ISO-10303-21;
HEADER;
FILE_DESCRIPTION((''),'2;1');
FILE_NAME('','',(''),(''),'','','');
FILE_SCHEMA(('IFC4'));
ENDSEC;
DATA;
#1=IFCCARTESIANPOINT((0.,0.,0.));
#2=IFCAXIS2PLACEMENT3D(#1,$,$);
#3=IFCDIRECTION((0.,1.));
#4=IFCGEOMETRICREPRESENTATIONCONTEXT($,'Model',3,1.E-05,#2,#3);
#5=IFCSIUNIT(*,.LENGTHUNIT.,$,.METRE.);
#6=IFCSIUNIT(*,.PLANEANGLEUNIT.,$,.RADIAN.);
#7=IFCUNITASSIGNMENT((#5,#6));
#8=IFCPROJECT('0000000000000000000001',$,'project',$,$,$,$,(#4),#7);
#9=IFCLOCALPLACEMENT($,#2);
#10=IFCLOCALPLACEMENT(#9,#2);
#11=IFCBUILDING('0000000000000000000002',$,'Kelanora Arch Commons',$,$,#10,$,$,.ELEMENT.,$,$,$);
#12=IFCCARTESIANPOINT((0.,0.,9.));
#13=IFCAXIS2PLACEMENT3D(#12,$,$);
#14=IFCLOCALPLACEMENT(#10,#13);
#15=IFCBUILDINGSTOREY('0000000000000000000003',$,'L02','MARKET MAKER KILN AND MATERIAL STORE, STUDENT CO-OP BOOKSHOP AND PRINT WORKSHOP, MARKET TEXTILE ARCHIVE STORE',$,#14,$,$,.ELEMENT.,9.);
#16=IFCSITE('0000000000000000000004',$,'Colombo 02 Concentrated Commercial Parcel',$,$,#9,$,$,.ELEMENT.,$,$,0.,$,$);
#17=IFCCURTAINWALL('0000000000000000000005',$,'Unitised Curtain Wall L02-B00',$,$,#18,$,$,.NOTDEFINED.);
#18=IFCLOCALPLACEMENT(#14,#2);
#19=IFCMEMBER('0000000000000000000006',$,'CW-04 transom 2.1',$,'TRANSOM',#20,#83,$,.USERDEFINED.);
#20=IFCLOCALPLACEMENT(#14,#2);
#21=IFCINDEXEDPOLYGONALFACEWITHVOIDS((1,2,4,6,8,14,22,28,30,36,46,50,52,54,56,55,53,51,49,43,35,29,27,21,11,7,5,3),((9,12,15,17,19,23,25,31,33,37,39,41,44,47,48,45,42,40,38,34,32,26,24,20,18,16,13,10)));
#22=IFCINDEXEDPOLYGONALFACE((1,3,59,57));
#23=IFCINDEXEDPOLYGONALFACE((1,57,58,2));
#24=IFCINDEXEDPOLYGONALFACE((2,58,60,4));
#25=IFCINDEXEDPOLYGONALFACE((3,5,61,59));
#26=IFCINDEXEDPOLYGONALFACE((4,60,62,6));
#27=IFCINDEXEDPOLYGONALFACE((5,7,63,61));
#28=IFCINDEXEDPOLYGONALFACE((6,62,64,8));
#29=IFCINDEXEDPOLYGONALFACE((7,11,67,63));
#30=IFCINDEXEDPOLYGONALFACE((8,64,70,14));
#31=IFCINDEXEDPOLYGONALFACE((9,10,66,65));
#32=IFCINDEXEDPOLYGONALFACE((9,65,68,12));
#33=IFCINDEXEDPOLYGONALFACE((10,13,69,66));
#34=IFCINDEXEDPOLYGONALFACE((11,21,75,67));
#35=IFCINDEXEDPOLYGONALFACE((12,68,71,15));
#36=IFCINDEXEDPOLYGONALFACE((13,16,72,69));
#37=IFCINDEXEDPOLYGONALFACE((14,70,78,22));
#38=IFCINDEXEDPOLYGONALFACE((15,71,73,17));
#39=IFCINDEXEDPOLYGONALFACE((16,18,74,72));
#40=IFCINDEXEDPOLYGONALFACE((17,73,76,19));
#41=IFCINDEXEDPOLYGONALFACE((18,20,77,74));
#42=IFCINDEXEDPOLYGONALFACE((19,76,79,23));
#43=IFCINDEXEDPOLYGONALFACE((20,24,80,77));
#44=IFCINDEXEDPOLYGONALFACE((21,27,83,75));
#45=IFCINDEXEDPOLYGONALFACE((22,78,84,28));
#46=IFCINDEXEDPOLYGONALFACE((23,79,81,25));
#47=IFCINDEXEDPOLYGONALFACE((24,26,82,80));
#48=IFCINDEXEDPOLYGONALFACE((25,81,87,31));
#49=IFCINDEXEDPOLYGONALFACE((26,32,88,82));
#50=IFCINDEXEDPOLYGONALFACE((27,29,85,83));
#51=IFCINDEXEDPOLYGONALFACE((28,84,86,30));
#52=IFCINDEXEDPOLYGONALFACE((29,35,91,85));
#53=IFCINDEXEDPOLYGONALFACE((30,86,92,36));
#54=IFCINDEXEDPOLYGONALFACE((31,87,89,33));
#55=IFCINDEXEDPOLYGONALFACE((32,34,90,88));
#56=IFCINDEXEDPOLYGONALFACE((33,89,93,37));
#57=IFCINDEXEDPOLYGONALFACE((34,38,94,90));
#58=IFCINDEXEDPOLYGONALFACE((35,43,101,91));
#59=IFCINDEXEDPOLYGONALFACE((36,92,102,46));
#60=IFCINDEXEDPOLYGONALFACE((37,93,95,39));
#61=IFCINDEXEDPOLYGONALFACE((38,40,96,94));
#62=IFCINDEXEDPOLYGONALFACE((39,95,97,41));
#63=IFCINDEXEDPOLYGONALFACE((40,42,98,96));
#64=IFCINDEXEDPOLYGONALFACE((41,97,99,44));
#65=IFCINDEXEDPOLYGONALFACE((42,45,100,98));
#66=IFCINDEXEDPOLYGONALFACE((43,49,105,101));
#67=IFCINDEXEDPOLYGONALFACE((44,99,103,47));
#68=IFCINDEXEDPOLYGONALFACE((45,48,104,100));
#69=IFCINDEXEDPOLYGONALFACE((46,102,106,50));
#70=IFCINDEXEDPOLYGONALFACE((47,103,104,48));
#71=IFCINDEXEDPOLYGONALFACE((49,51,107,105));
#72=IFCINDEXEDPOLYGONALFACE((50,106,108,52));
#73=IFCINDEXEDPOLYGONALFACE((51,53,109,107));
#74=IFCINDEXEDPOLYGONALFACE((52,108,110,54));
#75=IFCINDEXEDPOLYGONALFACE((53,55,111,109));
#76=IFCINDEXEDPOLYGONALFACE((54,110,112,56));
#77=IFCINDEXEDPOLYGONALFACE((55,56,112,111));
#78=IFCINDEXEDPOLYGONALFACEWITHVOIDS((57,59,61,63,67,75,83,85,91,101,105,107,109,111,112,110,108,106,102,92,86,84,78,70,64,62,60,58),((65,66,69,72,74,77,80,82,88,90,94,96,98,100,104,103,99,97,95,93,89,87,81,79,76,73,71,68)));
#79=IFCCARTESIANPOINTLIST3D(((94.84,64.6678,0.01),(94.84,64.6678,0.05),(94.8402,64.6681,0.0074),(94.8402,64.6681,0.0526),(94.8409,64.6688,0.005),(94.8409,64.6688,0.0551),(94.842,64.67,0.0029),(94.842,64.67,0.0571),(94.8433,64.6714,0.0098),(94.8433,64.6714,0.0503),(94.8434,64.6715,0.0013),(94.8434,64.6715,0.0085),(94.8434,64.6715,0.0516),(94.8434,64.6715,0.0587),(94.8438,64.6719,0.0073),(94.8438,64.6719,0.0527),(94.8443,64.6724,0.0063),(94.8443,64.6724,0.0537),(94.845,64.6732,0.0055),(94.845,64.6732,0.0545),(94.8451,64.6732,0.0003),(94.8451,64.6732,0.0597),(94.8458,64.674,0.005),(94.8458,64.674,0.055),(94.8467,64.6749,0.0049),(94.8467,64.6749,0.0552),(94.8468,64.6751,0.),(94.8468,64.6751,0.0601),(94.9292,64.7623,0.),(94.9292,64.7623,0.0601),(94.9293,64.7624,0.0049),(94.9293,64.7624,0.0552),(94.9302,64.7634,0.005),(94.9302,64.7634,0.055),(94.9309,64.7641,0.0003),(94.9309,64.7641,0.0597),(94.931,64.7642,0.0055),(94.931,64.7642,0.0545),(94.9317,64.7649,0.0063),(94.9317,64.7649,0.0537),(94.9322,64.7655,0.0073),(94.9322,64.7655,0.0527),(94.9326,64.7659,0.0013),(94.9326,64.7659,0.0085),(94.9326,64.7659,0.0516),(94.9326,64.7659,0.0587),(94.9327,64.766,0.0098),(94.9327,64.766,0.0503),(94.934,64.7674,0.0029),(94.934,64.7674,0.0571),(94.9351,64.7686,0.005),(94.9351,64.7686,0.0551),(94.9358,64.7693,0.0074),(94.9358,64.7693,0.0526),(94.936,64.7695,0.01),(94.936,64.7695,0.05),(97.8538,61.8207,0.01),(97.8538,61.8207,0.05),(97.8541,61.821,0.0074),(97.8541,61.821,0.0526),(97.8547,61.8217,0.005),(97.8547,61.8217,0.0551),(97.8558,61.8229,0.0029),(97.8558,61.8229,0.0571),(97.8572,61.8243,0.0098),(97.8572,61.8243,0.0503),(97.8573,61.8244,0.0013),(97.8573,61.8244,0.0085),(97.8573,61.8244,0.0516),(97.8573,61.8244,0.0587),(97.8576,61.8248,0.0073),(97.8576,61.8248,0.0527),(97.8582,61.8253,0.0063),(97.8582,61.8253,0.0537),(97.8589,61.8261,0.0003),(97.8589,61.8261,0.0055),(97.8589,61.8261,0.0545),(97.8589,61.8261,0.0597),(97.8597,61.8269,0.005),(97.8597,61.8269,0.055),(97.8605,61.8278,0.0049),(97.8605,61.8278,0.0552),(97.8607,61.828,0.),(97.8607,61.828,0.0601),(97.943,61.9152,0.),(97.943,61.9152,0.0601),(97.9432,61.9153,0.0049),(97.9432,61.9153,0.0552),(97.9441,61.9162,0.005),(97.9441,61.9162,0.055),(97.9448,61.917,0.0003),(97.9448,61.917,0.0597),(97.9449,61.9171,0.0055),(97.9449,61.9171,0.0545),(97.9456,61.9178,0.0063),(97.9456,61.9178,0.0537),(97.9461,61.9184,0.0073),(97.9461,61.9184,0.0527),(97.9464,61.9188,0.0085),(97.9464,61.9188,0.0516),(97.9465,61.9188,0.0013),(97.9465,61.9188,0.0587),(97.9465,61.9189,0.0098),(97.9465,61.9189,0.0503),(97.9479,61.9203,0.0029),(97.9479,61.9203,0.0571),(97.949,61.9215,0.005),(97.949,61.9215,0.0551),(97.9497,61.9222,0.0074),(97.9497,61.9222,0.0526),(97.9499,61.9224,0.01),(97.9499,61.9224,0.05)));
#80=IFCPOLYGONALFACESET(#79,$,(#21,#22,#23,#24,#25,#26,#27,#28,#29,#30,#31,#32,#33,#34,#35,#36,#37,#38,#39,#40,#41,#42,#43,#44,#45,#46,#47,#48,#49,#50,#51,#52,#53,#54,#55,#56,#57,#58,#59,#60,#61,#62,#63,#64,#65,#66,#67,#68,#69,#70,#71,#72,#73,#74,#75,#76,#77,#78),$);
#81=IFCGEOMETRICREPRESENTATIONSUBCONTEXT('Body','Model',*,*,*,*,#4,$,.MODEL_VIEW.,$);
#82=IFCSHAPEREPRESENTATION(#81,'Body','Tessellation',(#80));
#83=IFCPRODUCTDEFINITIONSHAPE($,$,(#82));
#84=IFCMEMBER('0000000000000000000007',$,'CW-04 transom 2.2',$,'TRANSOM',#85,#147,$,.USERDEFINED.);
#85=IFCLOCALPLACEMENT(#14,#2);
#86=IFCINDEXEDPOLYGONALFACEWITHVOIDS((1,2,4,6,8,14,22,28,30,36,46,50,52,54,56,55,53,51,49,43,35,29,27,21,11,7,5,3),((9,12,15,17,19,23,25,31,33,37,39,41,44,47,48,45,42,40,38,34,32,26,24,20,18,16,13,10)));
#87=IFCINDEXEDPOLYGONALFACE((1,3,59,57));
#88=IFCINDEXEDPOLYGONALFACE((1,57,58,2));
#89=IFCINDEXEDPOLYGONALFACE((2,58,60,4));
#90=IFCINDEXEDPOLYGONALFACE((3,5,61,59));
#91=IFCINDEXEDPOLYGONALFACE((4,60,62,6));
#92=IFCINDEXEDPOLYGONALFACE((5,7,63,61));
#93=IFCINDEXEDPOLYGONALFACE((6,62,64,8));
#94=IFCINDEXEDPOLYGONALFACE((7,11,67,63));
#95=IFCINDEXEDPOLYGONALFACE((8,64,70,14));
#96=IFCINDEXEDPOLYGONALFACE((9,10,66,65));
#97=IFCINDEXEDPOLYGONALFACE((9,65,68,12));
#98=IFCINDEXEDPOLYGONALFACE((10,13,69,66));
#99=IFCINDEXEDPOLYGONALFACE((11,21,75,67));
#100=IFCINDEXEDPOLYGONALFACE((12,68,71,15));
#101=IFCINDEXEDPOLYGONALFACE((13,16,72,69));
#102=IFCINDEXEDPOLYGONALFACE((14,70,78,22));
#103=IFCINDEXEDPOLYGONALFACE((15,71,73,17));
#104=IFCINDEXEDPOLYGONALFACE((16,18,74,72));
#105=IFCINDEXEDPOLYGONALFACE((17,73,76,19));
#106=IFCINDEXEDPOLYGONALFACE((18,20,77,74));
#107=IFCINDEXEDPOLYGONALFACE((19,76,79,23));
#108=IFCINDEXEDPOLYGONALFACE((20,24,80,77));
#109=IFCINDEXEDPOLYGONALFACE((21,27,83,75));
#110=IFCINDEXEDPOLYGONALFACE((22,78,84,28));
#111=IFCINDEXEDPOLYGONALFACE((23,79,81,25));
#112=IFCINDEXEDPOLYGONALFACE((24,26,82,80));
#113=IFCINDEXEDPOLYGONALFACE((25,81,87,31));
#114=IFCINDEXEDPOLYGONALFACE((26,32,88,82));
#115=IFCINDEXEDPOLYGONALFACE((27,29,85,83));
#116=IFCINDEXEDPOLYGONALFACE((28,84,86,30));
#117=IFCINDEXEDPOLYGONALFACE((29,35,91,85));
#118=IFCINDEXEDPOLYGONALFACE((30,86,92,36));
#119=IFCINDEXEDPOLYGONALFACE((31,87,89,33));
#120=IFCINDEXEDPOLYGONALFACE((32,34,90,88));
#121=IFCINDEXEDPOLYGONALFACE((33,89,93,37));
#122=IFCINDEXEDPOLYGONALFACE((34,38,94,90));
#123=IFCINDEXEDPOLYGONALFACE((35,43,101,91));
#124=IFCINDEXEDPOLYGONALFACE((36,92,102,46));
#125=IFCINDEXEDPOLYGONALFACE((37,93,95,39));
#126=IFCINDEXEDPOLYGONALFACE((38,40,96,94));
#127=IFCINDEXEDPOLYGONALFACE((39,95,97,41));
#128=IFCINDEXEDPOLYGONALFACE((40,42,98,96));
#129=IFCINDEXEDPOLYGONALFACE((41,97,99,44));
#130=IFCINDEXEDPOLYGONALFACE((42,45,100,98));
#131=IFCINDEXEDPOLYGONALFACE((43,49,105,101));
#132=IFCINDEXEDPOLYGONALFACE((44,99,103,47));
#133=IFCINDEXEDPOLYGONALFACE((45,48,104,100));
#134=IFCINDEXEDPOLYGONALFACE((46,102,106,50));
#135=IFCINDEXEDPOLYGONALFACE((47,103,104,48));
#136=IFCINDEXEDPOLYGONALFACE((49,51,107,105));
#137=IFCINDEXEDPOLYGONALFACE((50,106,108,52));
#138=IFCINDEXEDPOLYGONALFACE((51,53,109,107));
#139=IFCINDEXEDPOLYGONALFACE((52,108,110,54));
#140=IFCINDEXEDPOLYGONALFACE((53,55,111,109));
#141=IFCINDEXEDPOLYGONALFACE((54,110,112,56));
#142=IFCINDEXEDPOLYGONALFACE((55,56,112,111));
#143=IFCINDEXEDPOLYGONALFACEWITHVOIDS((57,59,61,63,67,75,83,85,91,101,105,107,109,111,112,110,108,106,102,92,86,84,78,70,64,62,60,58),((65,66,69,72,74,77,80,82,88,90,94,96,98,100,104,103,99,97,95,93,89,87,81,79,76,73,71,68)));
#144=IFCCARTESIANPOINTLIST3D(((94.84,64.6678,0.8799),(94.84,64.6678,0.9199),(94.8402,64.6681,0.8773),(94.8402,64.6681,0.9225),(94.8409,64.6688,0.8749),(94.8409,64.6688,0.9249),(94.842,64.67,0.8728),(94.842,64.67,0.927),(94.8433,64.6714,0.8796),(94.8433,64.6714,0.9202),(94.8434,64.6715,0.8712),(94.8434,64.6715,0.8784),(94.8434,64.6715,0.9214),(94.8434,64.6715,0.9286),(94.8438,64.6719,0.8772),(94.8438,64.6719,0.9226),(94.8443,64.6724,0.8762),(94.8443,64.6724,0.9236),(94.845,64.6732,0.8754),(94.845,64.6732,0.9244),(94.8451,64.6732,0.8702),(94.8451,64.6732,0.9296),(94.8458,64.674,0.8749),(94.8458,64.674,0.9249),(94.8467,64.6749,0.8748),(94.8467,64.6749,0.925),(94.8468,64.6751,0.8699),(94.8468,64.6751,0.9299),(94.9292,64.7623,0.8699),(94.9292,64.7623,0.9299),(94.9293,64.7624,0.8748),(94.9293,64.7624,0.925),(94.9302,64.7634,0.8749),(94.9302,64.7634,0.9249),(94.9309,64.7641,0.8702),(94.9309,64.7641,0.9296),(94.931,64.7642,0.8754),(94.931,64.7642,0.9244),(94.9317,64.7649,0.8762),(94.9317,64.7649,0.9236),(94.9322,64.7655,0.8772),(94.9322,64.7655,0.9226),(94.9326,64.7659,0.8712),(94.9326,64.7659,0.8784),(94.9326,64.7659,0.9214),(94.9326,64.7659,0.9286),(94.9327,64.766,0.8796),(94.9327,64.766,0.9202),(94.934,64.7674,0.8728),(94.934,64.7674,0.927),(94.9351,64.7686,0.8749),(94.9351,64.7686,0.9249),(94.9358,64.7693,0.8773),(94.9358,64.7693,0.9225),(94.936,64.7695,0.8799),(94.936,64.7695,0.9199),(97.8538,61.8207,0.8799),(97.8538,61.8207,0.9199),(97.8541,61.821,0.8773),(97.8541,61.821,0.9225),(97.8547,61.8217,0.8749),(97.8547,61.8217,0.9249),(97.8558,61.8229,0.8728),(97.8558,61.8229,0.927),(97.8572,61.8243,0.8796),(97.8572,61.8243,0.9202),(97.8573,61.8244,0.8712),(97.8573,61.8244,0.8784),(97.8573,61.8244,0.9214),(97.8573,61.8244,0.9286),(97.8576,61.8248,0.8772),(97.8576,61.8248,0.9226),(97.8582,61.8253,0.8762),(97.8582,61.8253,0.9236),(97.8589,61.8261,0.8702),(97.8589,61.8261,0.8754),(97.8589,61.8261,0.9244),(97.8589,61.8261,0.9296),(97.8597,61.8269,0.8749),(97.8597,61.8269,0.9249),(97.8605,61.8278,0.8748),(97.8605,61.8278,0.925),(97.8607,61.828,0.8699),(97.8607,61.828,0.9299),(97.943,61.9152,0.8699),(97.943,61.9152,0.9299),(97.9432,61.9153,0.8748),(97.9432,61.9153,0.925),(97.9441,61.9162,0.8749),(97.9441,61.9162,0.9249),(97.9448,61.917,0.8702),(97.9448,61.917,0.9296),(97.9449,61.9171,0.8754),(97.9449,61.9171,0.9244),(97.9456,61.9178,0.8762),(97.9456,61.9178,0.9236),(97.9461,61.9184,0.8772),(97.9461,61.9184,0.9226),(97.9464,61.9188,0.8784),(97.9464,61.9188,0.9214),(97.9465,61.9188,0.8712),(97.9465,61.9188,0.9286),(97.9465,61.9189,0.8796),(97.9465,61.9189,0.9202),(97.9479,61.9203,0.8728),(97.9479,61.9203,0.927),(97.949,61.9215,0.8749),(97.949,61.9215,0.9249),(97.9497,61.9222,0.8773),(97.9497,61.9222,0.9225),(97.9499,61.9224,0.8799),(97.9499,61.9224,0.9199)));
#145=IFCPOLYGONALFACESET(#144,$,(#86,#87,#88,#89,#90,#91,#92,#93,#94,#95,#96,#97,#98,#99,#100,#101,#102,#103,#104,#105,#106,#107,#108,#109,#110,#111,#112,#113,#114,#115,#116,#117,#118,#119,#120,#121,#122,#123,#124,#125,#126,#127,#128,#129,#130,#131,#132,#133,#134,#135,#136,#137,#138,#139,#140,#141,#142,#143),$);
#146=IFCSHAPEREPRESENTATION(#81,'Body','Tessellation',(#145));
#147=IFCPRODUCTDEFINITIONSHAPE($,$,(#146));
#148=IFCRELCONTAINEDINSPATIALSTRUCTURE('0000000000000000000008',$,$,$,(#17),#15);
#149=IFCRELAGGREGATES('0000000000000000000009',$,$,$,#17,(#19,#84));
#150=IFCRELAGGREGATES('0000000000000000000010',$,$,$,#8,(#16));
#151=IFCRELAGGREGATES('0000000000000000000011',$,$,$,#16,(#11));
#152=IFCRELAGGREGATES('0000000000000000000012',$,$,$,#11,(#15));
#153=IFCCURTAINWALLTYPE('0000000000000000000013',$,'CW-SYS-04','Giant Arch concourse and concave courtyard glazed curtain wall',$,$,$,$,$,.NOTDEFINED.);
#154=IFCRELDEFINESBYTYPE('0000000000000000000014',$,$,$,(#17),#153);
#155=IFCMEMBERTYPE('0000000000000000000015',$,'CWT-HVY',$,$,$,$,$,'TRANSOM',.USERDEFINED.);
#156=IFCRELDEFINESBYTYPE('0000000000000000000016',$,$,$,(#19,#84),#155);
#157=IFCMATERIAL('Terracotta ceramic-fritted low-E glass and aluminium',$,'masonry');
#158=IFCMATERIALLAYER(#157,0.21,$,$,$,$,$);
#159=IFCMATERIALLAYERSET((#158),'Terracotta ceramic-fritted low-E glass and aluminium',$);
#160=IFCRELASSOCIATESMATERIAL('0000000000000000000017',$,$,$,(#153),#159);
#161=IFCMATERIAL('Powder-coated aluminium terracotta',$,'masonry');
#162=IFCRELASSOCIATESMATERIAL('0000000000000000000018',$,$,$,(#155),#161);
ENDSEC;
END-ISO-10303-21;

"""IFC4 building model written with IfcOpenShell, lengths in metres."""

from ifc_helpers import new_model, si_unit, direction, frame, origin, origin_2d, place, context, subcontext, project, spatial, hollow_rectangle, extrude, material, layer, layer_set, material_profile, profile_set, type_object, element, aggregate, save


model = new_model("IFC4")

# Units and contexts
model_context = context("Model", 3, precision=1e-05, world=origin(), true_north=direction((0.0, 1.0)))
body_context = subcontext(model_context, "Body", "Model", "MODEL_VIEW")
ifc_project = project(units=[si_unit("LENGTHUNIT", "METRE"), si_unit("PLANEANGLEUNIT", "RADIAN")], contexts=[model_context])

# Site, building, storey
site_placement = place(None, origin())
site = spatial("IfcSite", under=ifc_project, at=site_placement, Name="Colombo 02 Concentrated Commercial Parcel", CompositionType="ELEMENT", RefElevation=0.0)
building_placement = place(site_placement, origin())
building = spatial("IfcBuilding", under=site, at=building_placement, Name="Kelanora Arch Commons", CompositionType="ELEMENT")
storey_placement = place(building_placement, frame((0.0, 0.0, 9.0)))
storey = spatial("IfcBuildingStorey", under=building, at=storey_placement, Name="L02", Description="MARKET MAKER KILN AND MATERIAL STORE, STUDENT CO-OP BOOKSHOP AND PRINT WORKSHOP, MARKET TEXTILE ARCHIVE STORE", CompositionType="ELEMENT", Elevation=9.0)

# Curtain wall
ifc_material_1 = material(Name="Terracotta ceramic-fritted low-E glass and aluminium", Category="masonry")
ifc_layer_1 = layer(ifc_material_1, 0.21)
ifc_layer_set_1 = layer_set([ifc_layer_1], Name="Terracotta ceramic-fritted low-E glass and aluminium")
curtain_wall_type = type_object("IfcCurtainWallType", Name="CW-SYS-04", Description="Giant Arch concourse and concave courtyard glazed curtain wall", PredefinedType="NOTDEFINED", material=ifc_layer_set_1)
curtain_wall_1_placement = place(storey_placement, origin())
curtain_wall_1 = element("IfcCurtainWall", 1, at=curtain_wall_1_placement, inside=storey, type_object=curtain_wall_type, Name="Unitised Curtain Wall L02-B00", PredefinedType="NOTDEFINED")
ifc_material_2 = material(Name="Powder-coated aluminium terracotta", Category="masonry")

# Members
ifc_material_profile_1 = material_profile(ifc_material_2, hollow_rectangle(XDim=0.1399, YDim=0.0601, WallThickness=0.0049, InnerFilletRadius=0.0049, OuterFilletRadius=0.01, at=origin_2d()), Name="CWT140x60")
ifc_profile_set_1 = profile_set([ifc_material_profile_1], Name="Powder-coated aluminium terracotta")
member_type_1 = type_object("IfcMemberType", Name="CWT-HVY", ElementType="TRANSOM", PredefinedType="USERDEFINED", material=ifc_profile_set_1)
member_1_placement = place(storey_placement, frame((97.9019, 61.8716, 0.03), z_axis=(-0.72693, 0.686712, 0.0), x_axis=(-0.686712, -0.72693, 0.0)))
member_1 = element("IfcMember", 2, at=member_1_placement, type_object=member_type_1, Name="CW-04 transom 2.1", ObjectType="TRANSOM", PredefinedType="USERDEFINED", context=body_context, shape_type="SweptSolid", body=[
    extrude(hollow_rectangle(XDim=0.1399, YDim=0.0601, WallThickness=0.0049, InnerFilletRadius=0.0049, OuterFilletRadius=0.01, at=origin_2d()), origin(), (0.0, 0.0, 1.0), 4.146),
])
member_2_placement = place(storey_placement, frame((97.9019, 61.8716, 0.8999), z_axis=(-0.72693, 0.686712, 0.0), x_axis=(-0.686712, -0.72693, 0.0)))
member_2 = element("IfcMember", 3, at=member_2_placement, type_object=member_type_1, Name="CW-04 transom 2.2", ObjectType="TRANSOM", PredefinedType="USERDEFINED", context=body_context, shape_type="SweptSolid", body=[
    extrude(hollow_rectangle(XDim=0.1399, YDim=0.0601, WallThickness=0.0049, InnerFilletRadius=0.0049, OuterFilletRadius=0.01, at=origin_2d()), origin(), (0.0, 0.0, 1.0), 4.146),
])

aggregate(curtain_wall_1, [member_1, member_2])

save(model, "model.ifc")
